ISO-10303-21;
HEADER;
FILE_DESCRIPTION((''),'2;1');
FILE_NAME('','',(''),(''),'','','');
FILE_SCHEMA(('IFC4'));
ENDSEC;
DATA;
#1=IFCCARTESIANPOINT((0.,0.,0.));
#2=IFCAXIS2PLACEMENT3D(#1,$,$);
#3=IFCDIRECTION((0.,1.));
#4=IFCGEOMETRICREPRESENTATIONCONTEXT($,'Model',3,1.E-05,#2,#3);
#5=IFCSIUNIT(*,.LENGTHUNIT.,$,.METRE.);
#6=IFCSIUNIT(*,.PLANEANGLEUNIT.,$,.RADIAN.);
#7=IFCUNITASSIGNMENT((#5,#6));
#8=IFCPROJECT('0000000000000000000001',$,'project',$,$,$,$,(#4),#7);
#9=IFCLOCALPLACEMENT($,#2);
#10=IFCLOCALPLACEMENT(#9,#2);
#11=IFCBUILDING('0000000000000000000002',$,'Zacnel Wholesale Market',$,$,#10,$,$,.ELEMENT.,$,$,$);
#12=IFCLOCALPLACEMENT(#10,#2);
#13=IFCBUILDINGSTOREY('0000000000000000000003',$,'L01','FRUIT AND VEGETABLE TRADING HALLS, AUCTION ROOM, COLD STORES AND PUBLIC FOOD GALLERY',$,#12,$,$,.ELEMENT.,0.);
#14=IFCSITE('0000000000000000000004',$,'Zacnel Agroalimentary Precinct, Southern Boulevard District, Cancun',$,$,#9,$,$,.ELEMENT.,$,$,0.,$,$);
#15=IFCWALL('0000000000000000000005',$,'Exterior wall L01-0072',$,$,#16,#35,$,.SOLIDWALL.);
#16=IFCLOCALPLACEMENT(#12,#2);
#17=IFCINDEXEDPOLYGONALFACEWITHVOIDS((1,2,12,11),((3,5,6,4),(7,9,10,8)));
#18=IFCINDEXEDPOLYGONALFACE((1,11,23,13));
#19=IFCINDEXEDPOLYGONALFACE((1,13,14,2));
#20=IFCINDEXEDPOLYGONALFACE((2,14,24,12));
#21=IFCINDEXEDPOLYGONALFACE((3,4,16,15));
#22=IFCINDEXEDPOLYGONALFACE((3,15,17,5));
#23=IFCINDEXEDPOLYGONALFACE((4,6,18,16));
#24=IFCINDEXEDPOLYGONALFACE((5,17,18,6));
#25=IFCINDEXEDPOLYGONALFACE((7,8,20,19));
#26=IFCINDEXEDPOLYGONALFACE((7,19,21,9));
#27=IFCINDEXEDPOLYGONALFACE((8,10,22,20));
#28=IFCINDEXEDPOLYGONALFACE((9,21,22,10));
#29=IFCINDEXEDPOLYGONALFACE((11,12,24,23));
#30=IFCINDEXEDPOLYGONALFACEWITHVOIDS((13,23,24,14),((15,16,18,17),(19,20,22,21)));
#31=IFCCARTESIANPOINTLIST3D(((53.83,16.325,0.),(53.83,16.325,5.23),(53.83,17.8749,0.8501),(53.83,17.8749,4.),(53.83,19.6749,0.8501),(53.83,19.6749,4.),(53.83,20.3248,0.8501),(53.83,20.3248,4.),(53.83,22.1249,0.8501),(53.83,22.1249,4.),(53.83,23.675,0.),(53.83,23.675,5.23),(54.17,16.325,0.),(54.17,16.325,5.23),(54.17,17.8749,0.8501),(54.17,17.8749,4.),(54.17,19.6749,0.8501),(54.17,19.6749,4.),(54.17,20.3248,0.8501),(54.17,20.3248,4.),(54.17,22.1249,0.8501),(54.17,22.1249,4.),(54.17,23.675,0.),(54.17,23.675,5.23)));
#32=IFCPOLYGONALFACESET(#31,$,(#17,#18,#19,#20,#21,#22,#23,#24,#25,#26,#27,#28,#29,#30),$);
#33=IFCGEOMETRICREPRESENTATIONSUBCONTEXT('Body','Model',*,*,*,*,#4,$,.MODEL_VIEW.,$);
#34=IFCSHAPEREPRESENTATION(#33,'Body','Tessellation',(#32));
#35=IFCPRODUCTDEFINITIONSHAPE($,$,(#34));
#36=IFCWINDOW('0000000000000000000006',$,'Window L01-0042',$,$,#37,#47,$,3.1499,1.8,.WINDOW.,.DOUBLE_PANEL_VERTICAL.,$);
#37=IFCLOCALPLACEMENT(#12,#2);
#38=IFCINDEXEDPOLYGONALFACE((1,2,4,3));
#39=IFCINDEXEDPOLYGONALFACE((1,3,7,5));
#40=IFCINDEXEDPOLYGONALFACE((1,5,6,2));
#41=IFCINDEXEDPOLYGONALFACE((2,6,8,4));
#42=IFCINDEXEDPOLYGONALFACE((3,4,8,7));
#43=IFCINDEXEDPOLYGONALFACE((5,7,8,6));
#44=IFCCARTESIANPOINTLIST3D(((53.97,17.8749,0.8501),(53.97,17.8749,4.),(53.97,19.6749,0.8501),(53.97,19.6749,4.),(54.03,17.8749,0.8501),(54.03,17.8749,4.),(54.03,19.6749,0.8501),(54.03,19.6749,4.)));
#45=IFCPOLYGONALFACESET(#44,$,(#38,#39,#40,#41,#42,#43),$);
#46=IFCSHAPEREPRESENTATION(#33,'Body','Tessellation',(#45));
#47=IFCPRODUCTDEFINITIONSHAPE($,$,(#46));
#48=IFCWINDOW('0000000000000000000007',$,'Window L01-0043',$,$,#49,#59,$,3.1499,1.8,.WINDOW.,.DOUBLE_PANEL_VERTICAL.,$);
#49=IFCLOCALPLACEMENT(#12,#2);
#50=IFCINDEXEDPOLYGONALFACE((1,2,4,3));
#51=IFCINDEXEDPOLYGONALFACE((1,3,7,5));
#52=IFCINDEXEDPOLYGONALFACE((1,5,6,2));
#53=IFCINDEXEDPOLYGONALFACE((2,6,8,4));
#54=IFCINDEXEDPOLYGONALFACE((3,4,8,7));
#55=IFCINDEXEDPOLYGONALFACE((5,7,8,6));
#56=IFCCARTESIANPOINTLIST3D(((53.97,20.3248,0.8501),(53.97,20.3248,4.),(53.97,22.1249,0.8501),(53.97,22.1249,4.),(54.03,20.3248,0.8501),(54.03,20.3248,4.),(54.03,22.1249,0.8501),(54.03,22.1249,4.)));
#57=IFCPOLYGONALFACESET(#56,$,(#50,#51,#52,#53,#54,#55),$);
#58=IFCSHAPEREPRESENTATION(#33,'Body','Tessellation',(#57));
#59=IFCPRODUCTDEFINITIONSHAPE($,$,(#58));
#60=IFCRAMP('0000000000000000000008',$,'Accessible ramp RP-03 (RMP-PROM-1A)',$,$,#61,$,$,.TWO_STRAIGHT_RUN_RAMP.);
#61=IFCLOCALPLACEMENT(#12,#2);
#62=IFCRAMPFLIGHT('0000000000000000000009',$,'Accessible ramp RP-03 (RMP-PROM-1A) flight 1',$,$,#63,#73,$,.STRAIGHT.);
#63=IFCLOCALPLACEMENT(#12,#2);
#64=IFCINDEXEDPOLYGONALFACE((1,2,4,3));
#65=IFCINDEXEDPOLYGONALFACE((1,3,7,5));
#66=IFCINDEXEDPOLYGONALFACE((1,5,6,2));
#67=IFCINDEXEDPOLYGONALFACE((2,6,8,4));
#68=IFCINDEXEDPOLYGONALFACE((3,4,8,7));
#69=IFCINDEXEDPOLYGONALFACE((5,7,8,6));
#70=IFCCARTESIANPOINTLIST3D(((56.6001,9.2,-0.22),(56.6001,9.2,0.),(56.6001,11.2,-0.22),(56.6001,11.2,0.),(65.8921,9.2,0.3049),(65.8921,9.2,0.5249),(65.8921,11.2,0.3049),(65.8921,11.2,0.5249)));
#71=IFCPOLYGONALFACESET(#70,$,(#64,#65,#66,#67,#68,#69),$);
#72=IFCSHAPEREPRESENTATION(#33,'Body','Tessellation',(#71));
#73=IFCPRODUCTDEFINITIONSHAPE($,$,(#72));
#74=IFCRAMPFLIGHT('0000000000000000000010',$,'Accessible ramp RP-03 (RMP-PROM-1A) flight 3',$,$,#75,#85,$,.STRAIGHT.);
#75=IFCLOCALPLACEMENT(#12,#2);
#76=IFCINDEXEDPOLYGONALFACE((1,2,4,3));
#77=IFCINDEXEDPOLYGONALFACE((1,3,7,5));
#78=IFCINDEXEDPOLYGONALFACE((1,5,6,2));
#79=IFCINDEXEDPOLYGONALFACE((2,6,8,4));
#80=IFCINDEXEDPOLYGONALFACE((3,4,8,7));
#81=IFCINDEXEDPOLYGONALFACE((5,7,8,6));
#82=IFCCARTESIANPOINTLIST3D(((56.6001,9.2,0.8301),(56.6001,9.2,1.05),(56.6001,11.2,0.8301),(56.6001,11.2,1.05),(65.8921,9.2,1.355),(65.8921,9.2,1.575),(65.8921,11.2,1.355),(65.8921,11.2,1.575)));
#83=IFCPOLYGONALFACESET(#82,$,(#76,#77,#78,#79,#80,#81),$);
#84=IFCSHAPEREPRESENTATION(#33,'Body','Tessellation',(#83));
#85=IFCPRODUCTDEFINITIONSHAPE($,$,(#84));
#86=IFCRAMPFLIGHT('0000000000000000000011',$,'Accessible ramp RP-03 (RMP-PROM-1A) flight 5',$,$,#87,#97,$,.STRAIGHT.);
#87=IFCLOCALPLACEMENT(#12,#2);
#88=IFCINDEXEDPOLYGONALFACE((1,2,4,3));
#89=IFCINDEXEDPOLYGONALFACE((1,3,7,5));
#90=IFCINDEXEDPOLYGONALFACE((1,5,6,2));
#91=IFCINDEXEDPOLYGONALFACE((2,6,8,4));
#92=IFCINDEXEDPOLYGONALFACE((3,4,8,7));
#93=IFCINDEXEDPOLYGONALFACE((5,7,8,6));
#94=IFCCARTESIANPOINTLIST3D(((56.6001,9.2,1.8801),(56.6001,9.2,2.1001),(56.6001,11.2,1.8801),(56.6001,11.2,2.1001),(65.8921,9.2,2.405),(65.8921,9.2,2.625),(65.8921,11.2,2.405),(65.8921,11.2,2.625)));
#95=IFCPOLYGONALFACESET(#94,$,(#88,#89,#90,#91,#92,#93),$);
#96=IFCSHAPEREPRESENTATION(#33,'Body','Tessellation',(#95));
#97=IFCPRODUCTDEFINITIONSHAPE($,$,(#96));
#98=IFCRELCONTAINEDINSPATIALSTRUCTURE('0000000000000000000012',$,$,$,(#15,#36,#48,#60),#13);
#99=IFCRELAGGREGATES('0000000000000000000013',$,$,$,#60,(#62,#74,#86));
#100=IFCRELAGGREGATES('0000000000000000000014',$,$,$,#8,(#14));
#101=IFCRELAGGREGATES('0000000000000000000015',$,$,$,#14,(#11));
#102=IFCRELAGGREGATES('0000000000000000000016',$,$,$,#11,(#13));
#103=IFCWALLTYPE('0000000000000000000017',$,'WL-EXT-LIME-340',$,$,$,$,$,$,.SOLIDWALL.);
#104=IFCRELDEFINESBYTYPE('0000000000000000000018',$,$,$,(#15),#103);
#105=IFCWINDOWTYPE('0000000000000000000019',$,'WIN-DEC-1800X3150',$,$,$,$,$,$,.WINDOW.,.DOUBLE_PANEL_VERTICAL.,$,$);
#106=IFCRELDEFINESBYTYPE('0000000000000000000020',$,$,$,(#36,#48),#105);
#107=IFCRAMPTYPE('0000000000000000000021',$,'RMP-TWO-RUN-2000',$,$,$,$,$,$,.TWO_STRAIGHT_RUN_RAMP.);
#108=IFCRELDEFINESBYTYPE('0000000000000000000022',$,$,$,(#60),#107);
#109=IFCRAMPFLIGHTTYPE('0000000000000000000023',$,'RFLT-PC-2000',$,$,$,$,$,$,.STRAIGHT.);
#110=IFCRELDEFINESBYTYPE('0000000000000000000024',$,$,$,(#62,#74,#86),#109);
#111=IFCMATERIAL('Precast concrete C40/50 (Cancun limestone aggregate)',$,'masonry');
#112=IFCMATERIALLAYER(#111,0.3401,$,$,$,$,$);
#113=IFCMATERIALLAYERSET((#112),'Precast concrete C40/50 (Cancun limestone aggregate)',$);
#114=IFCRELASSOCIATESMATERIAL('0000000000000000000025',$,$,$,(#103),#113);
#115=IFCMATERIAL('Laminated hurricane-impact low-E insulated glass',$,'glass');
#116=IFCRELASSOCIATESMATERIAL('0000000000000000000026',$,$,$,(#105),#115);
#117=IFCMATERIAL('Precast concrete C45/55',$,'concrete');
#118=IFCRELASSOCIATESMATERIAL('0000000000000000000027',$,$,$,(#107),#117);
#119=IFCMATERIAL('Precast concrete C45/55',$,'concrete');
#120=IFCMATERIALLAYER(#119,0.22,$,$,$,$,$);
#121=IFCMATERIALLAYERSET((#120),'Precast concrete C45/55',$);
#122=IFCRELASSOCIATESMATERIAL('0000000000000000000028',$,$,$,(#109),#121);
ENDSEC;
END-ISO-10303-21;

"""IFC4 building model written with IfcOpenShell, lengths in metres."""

from ifc_helpers import new_model, si_unit, direction, frame, frame_2d, origin, place, context, subcontext, project, spatial, polyline, rectangle, outline, extrude, material, layer, layer_set, type_object, element, fill, aggregate, save


model = new_model("IFC4")

# Units and contexts
model_context = context("Model", 3, precision=1e-05, world=origin(), true_north=direction((0.0, 1.0)))
body_context = subcontext(model_context, "Body", "Model", "MODEL_VIEW")
ifc_project = project(units=[si_unit("LENGTHUNIT", "METRE"), si_unit("PLANEANGLEUNIT", "RADIAN")], contexts=[model_context])

# Site, building, storey
site_placement = place(None, origin())
site = spatial("IfcSite", under=ifc_project, at=site_placement, Name="Zacnel Agroalimentary Precinct, Southern Boulevard District, Cancun", CompositionType="ELEMENT", RefElevation=0.0)
building_placement = place(site_placement, origin())
building = spatial("IfcBuilding", under=site, at=building_placement, Name="Zacnel Wholesale Market", CompositionType="ELEMENT")
storey_placement = place(building_placement, origin())
storey = spatial("IfcBuildingStorey", under=building, at=storey_placement, Name="L01", Description="FRUIT AND VEGETABLE TRADING HALLS, AUCTION ROOM, COLD STORES AND PUBLIC FOOD GALLERY", CompositionType="ELEMENT", Elevation=0.0)

# Wall, openings, windows
ifc_material_1 = material(Name="Precast concrete C40/50 (Cancun limestone aggregate)", Category="masonry")
ifc_layer_1 = layer(ifc_material_1, 0.3401)
ifc_layer_set_1 = layer_set([ifc_layer_1], Name="Precast concrete C40/50 (Cancun limestone aggregate)")
wall_type_1 = type_object("IfcWallType", Name="WL-EXT-LIME-340", PredefinedType="SOLIDWALL", material=ifc_layer_set_1)
wall_1_placement = place(storey_placement, frame((54.0, 16.325, 0.0), z_axis=(0.0, 0.0, 1.0), x_axis=(0.0, 1.0, 0.0)))
wall_1 = element("IfcWall", 1, at=wall_1_placement, inside=storey, type_object=wall_type_1, Name="Exterior wall L01-0072", PredefinedType="SOLIDWALL", context=body_context, shape_type="SweptSolid", body=[
    extrude(rectangle(XDim=7.3501, YDim=0.3401, at=frame_2d((3.675, 0.0))), origin(), (0.0, 0.0, 1.0), 5.23),
])
opening_1_placement = place(wall_1_placement, frame((1.55, 0.0, 0.8501)))
opening_1 = element("IfcOpeningElement", 2, at=opening_1_placement, cuts=wall_1, PredefinedType="OPENING", context=body_context, shape_type="SweptSolid", body=[
    extrude(rectangle(XDim=1.8, YDim=3.1499, at=frame_2d((0.8999, 1.575))), frame((0.0, 0.1799, 0.0), z_axis=(0.0, -1.0, 0.0), x_axis=(1.0, 0.0, 0.0)), (0.0, 0.0, 1.0), 0.3601),
])
opening_2_placement = place(wall_1_placement, frame((4.0, 0.0, 0.8501)))
opening_2 = element("IfcOpeningElement", 3, at=opening_2_placement, cuts=wall_1, PredefinedType="OPENING", context=body_context, shape_type="SweptSolid", body=[
    extrude(rectangle(XDim=1.8, YDim=3.1499, at=frame_2d((0.8999, 1.575))), frame((0.0, 0.1799, 0.0), z_axis=(0.0, -1.0, 0.0), x_axis=(1.0, 0.0, 0.0)), (0.0, 0.0, 1.0), 0.3601),
])
ifc_material_2 = material(Name="Laminated hurricane-impact low-E insulated glass", Category="glass")
window_type = type_object("IfcWindowType", Name="WIN-DEC-1800X3150", PartitioningType="DOUBLE_PANEL_VERTICAL", PredefinedType="WINDOW", material=ifc_material_2)
window_1_placement = place(opening_1_placement, origin())
window_1 = element("IfcWindow", 4, at=window_1_placement, inside=storey, type_object=window_type, Name="Window L01-0042", OverallHeight=3.1499, OverallWidth=1.8, PartitioningType="DOUBLE_PANEL_VERTICAL", PredefinedType="WINDOW", context=body_context, shape_type="SweptSolid", body=[
    extrude(rectangle(XDim=1.8, YDim=3.1499, at=frame_2d((0.8999, 1.575))), frame((0.0, 0.03, 0.0), z_axis=(0.0, -1.0, 0.0), x_axis=(1.0, 0.0, 0.0)), (0.0, 0.0, 1.0), 0.0601),
])
fill(opening_1, window_1)
window_2_placement = place(opening_2_placement, origin())
window_2 = element("IfcWindow", 5, at=window_2_placement, inside=storey, type_object=window_type, Name="Window L01-0043", OverallHeight=3.1499, OverallWidth=1.8, PartitioningType="DOUBLE_PANEL_VERTICAL", PredefinedType="WINDOW", context=body_context, shape_type="SweptSolid", body=[
    extrude(rectangle(XDim=1.8, YDim=3.1499, at=frame_2d((0.8999, 1.575))), frame((0.0, 0.03, 0.0), z_axis=(0.0, -1.0, 0.0), x_axis=(1.0, 0.0, 0.0)), (0.0, 0.0, 1.0), 0.0601),
])
fill(opening_2, window_2)

# Ramp, ramp flights
ifc_material_3 = material(Name="Precast concrete C45/55", Category="concrete")
ramp_type = type_object("IfcRampType", Name="RMP-TWO-RUN-2000", PredefinedType="TWO_STRAIGHT_RUN_RAMP", material=ifc_material_3)
ramp_placement = place(storey_placement, origin())
ramp = element("IfcRamp", 6, at=ramp_placement, inside=storey, type_object=ramp_type, Name="Accessible ramp RP-03 (RMP-PROM-1A)", PredefinedType="TWO_STRAIGHT_RUN_RAMP")
ifc_material_4 = material(Name="Precast concrete C45/55", Category="concrete")
ifc_layer_2 = layer(ifc_material_4, 0.22)
ifc_layer_set_2 = layer_set([ifc_layer_2], Name="Precast concrete C45/55")
ramp_flight_type = type_object("IfcRampFlightType", Name="RFLT-PC-2000", PredefinedType="STRAIGHT", material=ifc_layer_set_2)
ramp_flight_1_placement = place(storey_placement, frame((56.6001, 10.2, 0.0), z_axis=(0.0, 0.0, 1.0), x_axis=(1.0, 0.0, 0.0)))
ramp_flight_1 = element("IfcRampFlight", 7, at=ramp_flight_1_placement, type_object=ramp_flight_type, Name="Accessible ramp RP-03 (RMP-PROM-1A) flight 1", PredefinedType="STRAIGHT", context=body_context, shape_type="SweptSolid", body=[
    extrude(outline(polyline([(0.0, 0.0), (9.292, 0.5249), (9.292, 0.3049), (0.0, -0.22), (0.0, 0.0)])), frame((0.0, 1.0, 0.0), z_axis=(0.0, -1.0, 0.0), x_axis=(1.0, 0.0, 0.0)), (0.0, 0.0, 1.0), 2.0),
])
ramp_flight_2_placement = place(storey_placement, frame((56.6001, 10.2, 1.05), z_axis=(0.0, 0.0, 1.0), x_axis=(1.0, 0.0, 0.0)))
ramp_flight_2 = element("IfcRampFlight", 8, at=ramp_flight_2_placement, type_object=ramp_flight_type, Name="Accessible ramp RP-03 (RMP-PROM-1A) flight 3", PredefinedType="STRAIGHT", context=body_context, shape_type="SweptSolid", body=[
    extrude(outline(polyline([(0.0, 0.0), (9.292, 0.5249), (9.292, 0.3049), (0.0, -0.22), (0.0, 0.0)])), frame((0.0, 1.0, 0.0), z_axis=(0.0, -1.0, 0.0), x_axis=(1.0, 0.0, 0.0)), (0.0, 0.0, 1.0), 2.0),
])
ramp_flight_3_placement = place(storey_placement, frame((56.6001, 10.2, 2.1001), z_axis=(0.0, 0.0, 1.0), x_axis=(1.0, 0.0, 0.0)))
ramp_flight_3 = element("IfcRampFlight", 9, at=ramp_flight_3_placement, type_object=ramp_flight_type, Name="Accessible ramp RP-03 (RMP-PROM-1A) flight 5", PredefinedType="STRAIGHT", context=body_context, shape_type="SweptSolid", body=[
    extrude(outline(polyline([(0.0, 0.0), (9.292, 0.5249), (9.292, 0.3049), (0.0, -0.22), (0.0, 0.0)])), frame((0.0, 1.0, 0.0), z_axis=(0.0, -1.0, 0.0), x_axis=(1.0, 0.0, 0.0)), (0.0, 0.0, 1.0), 2.0),
])
aggregate(ramp, [ramp_flight_1, ramp_flight_2, ramp_flight_3])

save(model, "model.ifc")
